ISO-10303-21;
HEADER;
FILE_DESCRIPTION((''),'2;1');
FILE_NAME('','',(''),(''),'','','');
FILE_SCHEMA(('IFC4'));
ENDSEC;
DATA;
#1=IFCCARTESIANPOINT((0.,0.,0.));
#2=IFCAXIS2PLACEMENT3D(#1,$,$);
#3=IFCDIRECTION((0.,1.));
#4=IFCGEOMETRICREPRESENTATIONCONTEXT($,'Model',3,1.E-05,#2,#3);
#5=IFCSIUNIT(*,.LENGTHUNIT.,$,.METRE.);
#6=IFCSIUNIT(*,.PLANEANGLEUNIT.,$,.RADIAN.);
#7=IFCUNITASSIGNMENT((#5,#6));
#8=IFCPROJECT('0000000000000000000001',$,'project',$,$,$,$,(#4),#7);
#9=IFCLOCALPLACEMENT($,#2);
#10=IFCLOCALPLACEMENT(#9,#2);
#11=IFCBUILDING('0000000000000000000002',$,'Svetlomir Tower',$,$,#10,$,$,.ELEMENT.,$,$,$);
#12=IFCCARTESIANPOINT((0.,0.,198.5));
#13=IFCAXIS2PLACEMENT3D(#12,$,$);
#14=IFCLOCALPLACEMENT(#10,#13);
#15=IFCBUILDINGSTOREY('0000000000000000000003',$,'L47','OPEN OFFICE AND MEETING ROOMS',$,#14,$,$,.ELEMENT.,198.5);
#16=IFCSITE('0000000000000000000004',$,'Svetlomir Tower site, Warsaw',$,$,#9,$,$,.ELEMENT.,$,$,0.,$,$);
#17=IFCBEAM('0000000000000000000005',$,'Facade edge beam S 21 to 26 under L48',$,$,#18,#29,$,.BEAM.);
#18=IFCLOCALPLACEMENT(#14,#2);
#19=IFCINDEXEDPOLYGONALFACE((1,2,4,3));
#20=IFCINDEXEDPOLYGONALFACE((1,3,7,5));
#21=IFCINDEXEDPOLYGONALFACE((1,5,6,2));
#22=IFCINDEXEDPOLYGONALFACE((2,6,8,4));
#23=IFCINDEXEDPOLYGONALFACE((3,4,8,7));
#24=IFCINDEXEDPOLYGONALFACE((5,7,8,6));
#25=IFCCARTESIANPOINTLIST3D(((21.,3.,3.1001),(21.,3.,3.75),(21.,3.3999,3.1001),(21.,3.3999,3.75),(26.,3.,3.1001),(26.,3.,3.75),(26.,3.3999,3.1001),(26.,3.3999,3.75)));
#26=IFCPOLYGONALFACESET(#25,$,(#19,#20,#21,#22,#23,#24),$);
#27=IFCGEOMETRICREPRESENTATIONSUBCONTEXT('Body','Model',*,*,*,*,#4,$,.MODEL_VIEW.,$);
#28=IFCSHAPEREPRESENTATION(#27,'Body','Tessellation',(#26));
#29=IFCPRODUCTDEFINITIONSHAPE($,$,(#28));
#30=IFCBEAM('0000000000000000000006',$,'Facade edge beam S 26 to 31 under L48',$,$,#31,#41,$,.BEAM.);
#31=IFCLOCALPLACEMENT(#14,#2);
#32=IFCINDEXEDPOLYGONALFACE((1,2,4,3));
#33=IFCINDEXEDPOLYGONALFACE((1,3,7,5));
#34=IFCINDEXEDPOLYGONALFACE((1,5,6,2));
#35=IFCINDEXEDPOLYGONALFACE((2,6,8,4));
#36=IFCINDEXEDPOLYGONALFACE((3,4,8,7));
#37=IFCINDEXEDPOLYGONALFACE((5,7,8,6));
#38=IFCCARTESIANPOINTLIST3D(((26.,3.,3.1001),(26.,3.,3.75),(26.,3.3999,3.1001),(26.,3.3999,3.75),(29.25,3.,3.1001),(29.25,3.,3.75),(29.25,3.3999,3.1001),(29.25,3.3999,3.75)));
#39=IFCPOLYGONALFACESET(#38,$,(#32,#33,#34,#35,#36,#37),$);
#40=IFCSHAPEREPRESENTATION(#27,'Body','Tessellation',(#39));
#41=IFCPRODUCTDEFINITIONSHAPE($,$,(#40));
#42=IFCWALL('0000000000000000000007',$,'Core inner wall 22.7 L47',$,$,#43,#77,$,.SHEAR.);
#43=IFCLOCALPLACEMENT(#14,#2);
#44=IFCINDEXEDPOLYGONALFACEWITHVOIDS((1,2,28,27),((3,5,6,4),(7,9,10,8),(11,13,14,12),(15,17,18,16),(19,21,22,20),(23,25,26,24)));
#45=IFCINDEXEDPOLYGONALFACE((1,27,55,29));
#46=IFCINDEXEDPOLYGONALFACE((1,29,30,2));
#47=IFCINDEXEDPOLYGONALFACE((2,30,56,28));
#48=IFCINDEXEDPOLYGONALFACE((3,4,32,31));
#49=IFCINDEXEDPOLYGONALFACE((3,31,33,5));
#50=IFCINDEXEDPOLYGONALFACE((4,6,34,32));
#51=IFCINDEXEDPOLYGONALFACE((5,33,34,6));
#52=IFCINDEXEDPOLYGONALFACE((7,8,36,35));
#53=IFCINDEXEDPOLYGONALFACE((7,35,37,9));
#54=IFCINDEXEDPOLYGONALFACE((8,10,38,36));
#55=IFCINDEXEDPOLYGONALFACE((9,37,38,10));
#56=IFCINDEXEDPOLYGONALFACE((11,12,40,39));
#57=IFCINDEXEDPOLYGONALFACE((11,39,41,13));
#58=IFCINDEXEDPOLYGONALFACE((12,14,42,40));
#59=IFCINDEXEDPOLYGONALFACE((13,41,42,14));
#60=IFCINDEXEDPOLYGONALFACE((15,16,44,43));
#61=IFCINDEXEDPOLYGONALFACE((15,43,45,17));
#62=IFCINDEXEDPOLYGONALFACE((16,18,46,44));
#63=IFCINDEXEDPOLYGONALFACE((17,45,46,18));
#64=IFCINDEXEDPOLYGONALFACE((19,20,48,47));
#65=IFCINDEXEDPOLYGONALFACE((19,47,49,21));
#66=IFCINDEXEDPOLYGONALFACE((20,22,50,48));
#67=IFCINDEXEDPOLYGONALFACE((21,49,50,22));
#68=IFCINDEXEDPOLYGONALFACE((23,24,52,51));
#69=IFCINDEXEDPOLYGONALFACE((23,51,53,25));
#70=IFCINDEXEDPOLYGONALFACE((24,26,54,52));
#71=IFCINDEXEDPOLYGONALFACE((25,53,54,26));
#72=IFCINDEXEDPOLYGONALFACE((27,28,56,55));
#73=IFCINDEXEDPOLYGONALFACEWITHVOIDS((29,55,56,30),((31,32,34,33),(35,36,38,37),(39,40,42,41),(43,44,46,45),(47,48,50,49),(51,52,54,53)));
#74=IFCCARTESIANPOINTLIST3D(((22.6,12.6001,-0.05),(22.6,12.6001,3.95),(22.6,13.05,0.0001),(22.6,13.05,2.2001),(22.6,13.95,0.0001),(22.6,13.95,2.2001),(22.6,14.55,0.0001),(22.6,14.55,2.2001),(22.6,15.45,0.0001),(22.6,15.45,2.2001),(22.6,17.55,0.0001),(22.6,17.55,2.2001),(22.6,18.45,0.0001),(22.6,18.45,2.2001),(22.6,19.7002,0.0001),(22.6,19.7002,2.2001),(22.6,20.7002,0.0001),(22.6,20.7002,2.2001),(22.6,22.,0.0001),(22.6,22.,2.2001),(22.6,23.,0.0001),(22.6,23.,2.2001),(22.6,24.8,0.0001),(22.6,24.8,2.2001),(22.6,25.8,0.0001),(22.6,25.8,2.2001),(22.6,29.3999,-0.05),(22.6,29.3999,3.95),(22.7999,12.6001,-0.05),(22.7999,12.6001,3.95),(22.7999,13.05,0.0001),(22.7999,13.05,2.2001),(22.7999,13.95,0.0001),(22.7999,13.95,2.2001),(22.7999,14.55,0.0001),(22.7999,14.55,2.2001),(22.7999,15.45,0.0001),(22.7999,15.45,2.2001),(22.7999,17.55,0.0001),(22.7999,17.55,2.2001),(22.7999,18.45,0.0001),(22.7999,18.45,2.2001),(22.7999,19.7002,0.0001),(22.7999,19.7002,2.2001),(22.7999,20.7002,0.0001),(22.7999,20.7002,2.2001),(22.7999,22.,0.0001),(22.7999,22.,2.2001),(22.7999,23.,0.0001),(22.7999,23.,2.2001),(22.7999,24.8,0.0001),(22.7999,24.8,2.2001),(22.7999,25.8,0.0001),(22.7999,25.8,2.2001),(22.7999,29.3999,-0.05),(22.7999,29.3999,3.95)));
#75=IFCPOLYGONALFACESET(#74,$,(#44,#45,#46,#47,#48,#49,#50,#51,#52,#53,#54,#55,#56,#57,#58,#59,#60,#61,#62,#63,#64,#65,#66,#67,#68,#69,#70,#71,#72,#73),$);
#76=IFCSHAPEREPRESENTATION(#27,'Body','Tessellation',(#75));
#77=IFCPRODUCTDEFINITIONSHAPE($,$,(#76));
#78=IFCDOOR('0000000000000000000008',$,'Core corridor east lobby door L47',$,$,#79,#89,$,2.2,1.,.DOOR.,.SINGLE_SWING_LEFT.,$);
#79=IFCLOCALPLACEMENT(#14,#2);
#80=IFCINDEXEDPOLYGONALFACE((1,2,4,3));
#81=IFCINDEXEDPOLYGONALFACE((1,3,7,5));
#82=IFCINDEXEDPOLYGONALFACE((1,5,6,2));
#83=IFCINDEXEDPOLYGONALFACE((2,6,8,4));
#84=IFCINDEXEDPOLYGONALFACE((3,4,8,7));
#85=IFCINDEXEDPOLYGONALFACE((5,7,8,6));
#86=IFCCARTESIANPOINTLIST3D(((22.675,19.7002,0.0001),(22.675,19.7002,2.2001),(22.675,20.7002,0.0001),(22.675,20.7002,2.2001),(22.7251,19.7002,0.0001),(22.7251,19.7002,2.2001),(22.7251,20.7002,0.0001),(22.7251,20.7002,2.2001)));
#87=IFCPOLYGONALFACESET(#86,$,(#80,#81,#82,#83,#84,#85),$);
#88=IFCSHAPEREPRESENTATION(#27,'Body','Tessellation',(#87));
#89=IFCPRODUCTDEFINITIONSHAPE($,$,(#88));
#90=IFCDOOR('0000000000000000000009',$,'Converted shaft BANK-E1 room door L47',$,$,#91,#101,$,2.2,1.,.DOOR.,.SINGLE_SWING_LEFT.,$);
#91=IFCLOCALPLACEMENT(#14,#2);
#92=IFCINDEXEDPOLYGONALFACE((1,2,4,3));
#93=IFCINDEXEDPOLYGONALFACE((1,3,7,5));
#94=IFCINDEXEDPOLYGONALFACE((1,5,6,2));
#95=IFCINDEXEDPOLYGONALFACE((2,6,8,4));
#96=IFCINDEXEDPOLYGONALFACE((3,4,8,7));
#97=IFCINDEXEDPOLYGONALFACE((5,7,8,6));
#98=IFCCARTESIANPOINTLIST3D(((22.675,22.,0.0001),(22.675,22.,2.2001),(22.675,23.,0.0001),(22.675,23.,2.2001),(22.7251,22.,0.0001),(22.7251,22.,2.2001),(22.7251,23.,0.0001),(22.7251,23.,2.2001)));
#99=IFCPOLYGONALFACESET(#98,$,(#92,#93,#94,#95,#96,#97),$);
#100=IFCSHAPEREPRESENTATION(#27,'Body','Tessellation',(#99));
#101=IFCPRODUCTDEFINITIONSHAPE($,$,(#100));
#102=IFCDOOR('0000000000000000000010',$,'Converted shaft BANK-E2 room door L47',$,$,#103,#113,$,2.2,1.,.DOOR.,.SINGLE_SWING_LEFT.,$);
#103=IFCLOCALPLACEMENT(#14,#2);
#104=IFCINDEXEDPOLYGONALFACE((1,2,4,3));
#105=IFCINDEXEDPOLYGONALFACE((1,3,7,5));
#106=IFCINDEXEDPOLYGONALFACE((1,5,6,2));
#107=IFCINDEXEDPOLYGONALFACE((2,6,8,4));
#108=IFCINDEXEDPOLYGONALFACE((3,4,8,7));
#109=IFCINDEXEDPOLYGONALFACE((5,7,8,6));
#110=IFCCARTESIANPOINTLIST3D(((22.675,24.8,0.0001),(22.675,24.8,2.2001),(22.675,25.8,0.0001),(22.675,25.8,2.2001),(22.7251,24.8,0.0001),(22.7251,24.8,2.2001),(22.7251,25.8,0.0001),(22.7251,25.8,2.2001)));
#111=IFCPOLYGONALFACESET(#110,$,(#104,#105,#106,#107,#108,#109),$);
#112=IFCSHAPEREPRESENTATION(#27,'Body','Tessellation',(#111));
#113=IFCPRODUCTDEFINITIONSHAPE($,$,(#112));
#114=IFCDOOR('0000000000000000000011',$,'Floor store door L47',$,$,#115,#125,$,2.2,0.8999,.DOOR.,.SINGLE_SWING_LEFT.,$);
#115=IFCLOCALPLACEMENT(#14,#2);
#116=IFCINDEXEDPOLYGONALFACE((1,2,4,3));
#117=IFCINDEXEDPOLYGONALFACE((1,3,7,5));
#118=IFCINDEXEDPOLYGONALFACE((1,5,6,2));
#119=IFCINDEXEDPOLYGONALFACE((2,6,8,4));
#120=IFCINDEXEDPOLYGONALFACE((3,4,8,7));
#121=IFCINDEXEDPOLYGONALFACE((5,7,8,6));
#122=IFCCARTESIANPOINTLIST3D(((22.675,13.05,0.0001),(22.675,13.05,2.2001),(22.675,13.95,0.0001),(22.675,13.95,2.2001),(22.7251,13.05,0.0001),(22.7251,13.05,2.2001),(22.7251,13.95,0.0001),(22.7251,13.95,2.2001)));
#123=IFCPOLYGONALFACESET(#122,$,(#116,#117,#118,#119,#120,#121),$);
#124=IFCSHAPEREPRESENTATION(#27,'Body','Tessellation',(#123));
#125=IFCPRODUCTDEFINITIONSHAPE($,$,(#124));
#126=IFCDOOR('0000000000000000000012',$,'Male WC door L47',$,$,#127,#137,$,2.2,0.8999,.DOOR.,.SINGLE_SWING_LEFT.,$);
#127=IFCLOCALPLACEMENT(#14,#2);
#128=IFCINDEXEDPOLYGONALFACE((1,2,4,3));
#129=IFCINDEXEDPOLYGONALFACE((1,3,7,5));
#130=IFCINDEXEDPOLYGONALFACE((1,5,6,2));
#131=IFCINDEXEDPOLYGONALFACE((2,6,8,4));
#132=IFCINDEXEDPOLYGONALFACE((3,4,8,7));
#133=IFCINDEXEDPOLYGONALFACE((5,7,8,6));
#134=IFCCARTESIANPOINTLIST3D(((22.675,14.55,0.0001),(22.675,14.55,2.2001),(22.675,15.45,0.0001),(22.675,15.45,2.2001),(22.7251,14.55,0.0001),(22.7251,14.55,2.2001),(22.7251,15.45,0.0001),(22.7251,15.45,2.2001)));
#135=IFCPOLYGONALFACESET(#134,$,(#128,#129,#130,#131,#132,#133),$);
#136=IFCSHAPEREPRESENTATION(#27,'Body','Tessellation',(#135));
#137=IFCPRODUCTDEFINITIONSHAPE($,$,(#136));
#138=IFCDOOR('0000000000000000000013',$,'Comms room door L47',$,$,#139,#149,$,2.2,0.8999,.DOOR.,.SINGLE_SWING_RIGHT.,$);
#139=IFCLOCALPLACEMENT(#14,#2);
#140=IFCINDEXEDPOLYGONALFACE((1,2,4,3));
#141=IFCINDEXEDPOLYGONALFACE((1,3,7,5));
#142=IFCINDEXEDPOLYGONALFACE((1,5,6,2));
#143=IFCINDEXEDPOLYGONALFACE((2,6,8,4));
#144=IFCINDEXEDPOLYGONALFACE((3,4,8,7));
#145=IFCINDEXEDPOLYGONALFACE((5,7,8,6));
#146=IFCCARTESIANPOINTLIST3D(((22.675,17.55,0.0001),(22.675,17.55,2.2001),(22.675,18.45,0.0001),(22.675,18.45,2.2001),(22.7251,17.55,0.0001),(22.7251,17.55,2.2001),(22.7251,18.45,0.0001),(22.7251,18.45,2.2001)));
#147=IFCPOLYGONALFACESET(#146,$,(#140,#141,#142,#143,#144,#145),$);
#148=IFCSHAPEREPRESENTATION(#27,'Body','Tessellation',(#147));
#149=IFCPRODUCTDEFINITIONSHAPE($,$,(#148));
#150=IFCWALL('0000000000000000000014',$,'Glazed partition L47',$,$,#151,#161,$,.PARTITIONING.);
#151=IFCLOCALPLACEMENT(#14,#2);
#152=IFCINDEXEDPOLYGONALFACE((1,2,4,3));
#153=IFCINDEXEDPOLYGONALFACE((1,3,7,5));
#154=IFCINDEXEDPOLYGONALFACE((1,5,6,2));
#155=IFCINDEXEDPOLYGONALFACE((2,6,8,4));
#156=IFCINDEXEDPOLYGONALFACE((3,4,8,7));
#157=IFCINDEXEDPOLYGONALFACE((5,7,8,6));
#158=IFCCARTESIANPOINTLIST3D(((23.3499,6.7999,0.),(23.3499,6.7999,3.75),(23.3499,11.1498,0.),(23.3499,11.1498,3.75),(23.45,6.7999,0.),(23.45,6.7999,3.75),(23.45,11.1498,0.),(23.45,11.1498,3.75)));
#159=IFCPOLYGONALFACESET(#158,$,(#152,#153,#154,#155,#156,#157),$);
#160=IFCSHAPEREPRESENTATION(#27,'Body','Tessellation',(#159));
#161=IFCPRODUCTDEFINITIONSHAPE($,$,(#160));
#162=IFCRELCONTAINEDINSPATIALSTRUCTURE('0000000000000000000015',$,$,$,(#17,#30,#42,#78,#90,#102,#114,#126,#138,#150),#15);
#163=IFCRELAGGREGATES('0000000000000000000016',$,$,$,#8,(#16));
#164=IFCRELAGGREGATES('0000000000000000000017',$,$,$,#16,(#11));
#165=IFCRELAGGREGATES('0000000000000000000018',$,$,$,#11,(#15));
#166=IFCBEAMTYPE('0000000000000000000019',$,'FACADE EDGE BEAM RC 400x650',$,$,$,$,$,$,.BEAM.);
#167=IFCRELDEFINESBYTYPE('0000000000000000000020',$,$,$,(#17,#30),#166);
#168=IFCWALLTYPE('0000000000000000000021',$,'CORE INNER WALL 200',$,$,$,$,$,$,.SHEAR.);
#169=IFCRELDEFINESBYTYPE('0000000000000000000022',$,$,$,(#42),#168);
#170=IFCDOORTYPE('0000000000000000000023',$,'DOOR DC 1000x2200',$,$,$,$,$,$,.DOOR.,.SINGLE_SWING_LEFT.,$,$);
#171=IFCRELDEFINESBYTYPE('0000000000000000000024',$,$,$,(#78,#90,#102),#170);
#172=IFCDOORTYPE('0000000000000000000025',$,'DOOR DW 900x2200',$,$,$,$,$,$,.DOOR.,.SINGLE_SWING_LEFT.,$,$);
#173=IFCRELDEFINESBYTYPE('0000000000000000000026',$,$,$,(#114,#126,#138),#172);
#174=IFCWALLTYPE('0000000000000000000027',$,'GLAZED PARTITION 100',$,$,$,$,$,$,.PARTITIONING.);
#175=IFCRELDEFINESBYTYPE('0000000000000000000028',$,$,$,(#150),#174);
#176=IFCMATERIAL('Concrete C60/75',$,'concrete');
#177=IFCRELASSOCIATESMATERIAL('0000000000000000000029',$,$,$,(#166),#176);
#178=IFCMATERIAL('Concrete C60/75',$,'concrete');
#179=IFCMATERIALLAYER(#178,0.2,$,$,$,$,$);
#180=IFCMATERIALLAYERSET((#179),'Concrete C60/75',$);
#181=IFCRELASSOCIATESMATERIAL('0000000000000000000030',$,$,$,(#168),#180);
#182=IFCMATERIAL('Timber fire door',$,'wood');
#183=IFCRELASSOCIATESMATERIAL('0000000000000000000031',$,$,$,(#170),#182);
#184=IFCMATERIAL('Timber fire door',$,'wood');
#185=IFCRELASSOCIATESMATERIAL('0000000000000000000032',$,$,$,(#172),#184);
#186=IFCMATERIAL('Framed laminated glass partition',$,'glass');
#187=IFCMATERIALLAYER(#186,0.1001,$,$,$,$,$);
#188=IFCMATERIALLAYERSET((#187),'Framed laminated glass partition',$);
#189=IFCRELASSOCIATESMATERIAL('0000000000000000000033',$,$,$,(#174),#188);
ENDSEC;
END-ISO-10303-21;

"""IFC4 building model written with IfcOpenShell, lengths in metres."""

from ifc_helpers import new_model, si_unit, direction, frame, frame_2d, origin, origin_2d, place, context, subcontext, project, spatial, rectangle, extrude, material, layer, layer_set, material_profile, profile_set, type_object, element, fill, save


model = new_model("IFC4")

# Units and contexts
model_context = context("Model", 3, precision=1e-05, world=origin(), true_north=direction((0.0, 1.0)))
body_context = subcontext(model_context, "Body", "Model", "MODEL_VIEW")
ifc_project = project(units=[si_unit("LENGTHUNIT", "METRE"), si_unit("PLANEANGLEUNIT", "RADIAN")], contexts=[model_context])

# Site, building, storey
site_placement = place(None, origin())
site = spatial("IfcSite", under=ifc_project, at=site_placement, Name="Svetlomir Tower site, Warsaw", CompositionType="ELEMENT", RefElevation=0.0)
building_placement = place(site_placement, origin())
building = spatial("IfcBuilding", under=site, at=building_placement, Name="Svetlomir Tower", CompositionType="ELEMENT")
storey_placement = place(building_placement, frame((0.0, 0.0, 198.5)))
storey = spatial("IfcBuildingStorey", under=building, at=storey_placement, Name="L47", Description="OPEN OFFICE AND MEETING ROOMS", CompositionType="ELEMENT", Elevation=198.5)

# Beams
ifc_material_1 = material(Name="Concrete C60/75", Category="concrete")
ifc_material_profile = material_profile(ifc_material_1, rectangle(XDim=0.3999, YDim=0.6499, at=origin_2d()), Name="RC 400x650")
ifc_profile_set = profile_set([ifc_material_profile], Name="Concrete C60/75")
beam_type = type_object("IfcBeamType", Name="FACADE EDGE BEAM RC 400x650", PredefinedType="BEAM", material=ifc_profile_set)
beam_1_placement = place(storey_placement, frame((21.0, 3.2, 3.425), z_axis=(1.0, 0.0, 0.0), x_axis=(0.0, 1.0, 0.0)))
element("IfcBeam", 1, at=beam_1_placement, inside=storey, type_object=beam_type, Name="Facade edge beam S 21 to 26 under L48", PredefinedType="BEAM", context=body_context, shape_type="SweptSolid", body=[
    extrude(rectangle(XDim=0.3999, YDim=0.6499, at=origin_2d()), origin(), (0.0, 0.0, 1.0), 5.0),
])
beam_2_placement = place(storey_placement, frame((26.0, 3.2, 3.425), z_axis=(1.0, 0.0, 0.0), x_axis=(0.0, 1.0, 0.0)))
element("IfcBeam", 2, at=beam_2_placement, inside=storey, type_object=beam_type, Name="Facade edge beam S 26 to 31 under L48", PredefinedType="BEAM", context=body_context, shape_type="SweptSolid", body=[
    extrude(rectangle(XDim=0.3999, YDim=0.6499, at=origin_2d()), origin(), (0.0, 0.0, 1.0), 3.25),
])

# Wall, openings, doors
ifc_material_2 = material(Name="Concrete C60/75", Category="concrete")
ifc_layer_1 = layer(ifc_material_2, 0.2)
ifc_layer_set_1 = layer_set([ifc_layer_1], Name="Concrete C60/75")
wall_type_1 = type_object("IfcWallType", Name="CORE INNER WALL 200", PredefinedType="SHEAR", material=ifc_layer_set_1)
wall_1_placement = place(storey_placement, frame((22.7, 12.6001, -0.05), z_axis=(0.0, 0.0, 1.0), x_axis=(0.0, 1.0, 0.0)))
wall_1 = element("IfcWall", 3, at=wall_1_placement, inside=storey, type_object=wall_type_1, Name="Core inner wall 22.7 L47", PredefinedType="SHEAR", context=body_context, shape_type="SweptSolid", body=[
    extrude(rectangle(XDim=16.7998, YDim=0.2, at=frame_2d((8.3999, 0.0))), origin(), (0.0, 0.0, 1.0), 4.0),
])
opening_1_placement = place(wall_1_placement, frame((0.45, 0.0, 0.05)))
opening_1 = element("IfcOpeningElement", 4, at=opening_1_placement, cuts=wall_1, PredefinedType="OPENING", context=body_context, shape_type="SweptSolid", body=[
    extrude(rectangle(XDim=0.8999, YDim=2.2, at=frame_2d((0.45, 1.1001))), frame((0.0, 0.1099, 0.0), z_axis=(0.0, -1.0, 0.0), x_axis=(1.0, 0.0, 0.0)), (0.0, 0.0, 1.0), 0.22),
])
opening_2_placement = place(wall_1_placement, frame((7.1001, 0.0, 0.05)))
opening_2 = element("IfcOpeningElement", 5, at=opening_2_placement, cuts=wall_1, PredefinedType="OPENING", context=body_context, shape_type="SweptSolid", body=[
    extrude(rectangle(XDim=1.0, YDim=2.2, at=frame_2d((0.5, 1.1001))), frame((0.0, 0.1099, 0.0), z_axis=(0.0, -1.0, 0.0), x_axis=(1.0, 0.0, 0.0)), (0.0, 0.0, 1.0), 0.22),
])
opening_3_placement = place(wall_1_placement, frame((1.95, 0.0, 0.05)))
opening_3 = element("IfcOpeningElement", 6, at=opening_3_placement, cuts=wall_1, PredefinedType="OPENING", context=body_context, shape_type="SweptSolid", body=[
    extrude(rectangle(XDim=0.8999, YDim=2.2, at=frame_2d((0.45, 1.1001))), frame((0.0, 0.1099, 0.0), z_axis=(0.0, -1.0, 0.0), x_axis=(1.0, 0.0, 0.0)), (0.0, 0.0, 1.0), 0.22),
])
opening_4_placement = place(wall_1_placement, frame((4.95, 0.0, 0.05)))
opening_4 = element("IfcOpeningElement", 7, at=opening_4_placement, cuts=wall_1, PredefinedType="OPENING", context=body_context, shape_type="SweptSolid", body=[
    extrude(rectangle(XDim=0.8999, YDim=2.2, at=frame_2d((0.45, 1.1001))), frame((0.0, 0.1099, 0.0), z_axis=(0.0, -1.0, 0.0), x_axis=(1.0, 0.0, 0.0)), (0.0, 0.0, 1.0), 0.22),
])
opening_5_placement = place(wall_1_placement, frame((9.3999, 0.0, 0.05)))
opening_5 = element("IfcOpeningElement", 8, at=opening_5_placement, cuts=wall_1, PredefinedType="OPENING", context=body_context, shape_type="SweptSolid", body=[
    extrude(rectangle(XDim=1.0, YDim=2.2, at=frame_2d((0.5, 1.1001))), frame((0.0, 0.1099, 0.0), z_axis=(0.0, -1.0, 0.0), x_axis=(1.0, 0.0, 0.0)), (0.0, 0.0, 1.0), 0.22),
])
opening_6_placement = place(wall_1_placement, frame((12.2, 0.0, 0.05)))
opening_6 = element("IfcOpeningElement", 9, at=opening_6_placement, cuts=wall_1, PredefinedType="OPENING", context=body_context, shape_type="SweptSolid", body=[
    extrude(rectangle(XDim=1.0, YDim=2.2, at=frame_2d((0.5, 1.1001))), frame((0.0, 0.1099, 0.0), z_axis=(0.0, -1.0, 0.0), x_axis=(1.0, 0.0, 0.0)), (0.0, 0.0, 1.0), 0.22),
])
ifc_material_3 = material(Name="Timber fire door", Category="wood")
door_type_1 = type_object("IfcDoorType", Name="DOOR DC 1000x2200", OperationType="SINGLE_SWING_LEFT", PredefinedType="DOOR", material=ifc_material_3)
door_1_placement = place(opening_2_placement, origin())
door_1 = element("IfcDoor", 10, at=door_1_placement, inside=storey, type_object=door_type_1, Name="Core corridor east lobby door L47", OperationType="SINGLE_SWING_LEFT", OverallHeight=2.2, OverallWidth=1.0, PredefinedType="DOOR", context=body_context, shape_type="SweptSolid", body=[
    extrude(rectangle(XDim=1.0, YDim=2.2, at=frame_2d((0.5, 1.1001))), frame((0.0, 0.0249, 0.0), z_axis=(0.0, -1.0, 0.0), x_axis=(1.0, 0.0, 0.0)), (0.0, 0.0, 1.0), 0.05),
])
fill(opening_2, door_1)
door_2_placement = place(opening_5_placement, origin())
door_2 = element("IfcDoor", 11, at=door_2_placement, inside=storey, type_object=door_type_1, Name="Converted shaft BANK-E1 room door L47", OperationType="SINGLE_SWING_LEFT", OverallHeight=2.2, OverallWidth=1.0, PredefinedType="DOOR", context=body_context, shape_type="SweptSolid", body=[
    extrude(rectangle(XDim=1.0, YDim=2.2, at=frame_2d((0.5, 1.1001))), frame((0.0, 0.0249, 0.0), z_axis=(0.0, -1.0, 0.0), x_axis=(1.0, 0.0, 0.0)), (0.0, 0.0, 1.0), 0.05),
])
fill(opening_5, door_2)
door_3_placement = place(opening_6_placement, origin())
door_3 = element("IfcDoor", 12, at=door_3_placement, inside=storey, type_object=door_type_1, Name="Converted shaft BANK-E2 room door L47", OperationType="SINGLE_SWING_LEFT", OverallHeight=2.2, OverallWidth=1.0, PredefinedType="DOOR", context=body_context, shape_type="SweptSolid", body=[
    extrude(rectangle(XDim=1.0, YDim=2.2, at=frame_2d((0.5, 1.1001))), frame((0.0, 0.0249, 0.0), z_axis=(0.0, -1.0, 0.0), x_axis=(1.0, 0.0, 0.0)), (0.0, 0.0, 1.0), 0.05),
])
fill(opening_6, door_3)
ifc_material_4 = material(Name="Timber fire door", Category="wood")
door_type_2 = type_object("IfcDoorType", Name="DOOR DW 900x2200", OperationType="SINGLE_SWING_LEFT", PredefinedType="DOOR", material=ifc_material_4)
door_4_placement = place(opening_1_placement, origin())
door_4 = element("IfcDoor", 13, at=door_4_placement, inside=storey, type_object=door_type_2, Name="Floor store door L47", OperationType="SINGLE_SWING_LEFT", OverallHeight=2.2, OverallWidth=0.8999, PredefinedType="DOOR", context=body_context, shape_type="SweptSolid", body=[
    extrude(rectangle(XDim=0.8999, YDim=2.2, at=frame_2d((0.45, 1.1001))), frame((0.0, 0.0249, 0.0), z_axis=(0.0, -1.0, 0.0), x_axis=(1.0, 0.0, 0.0)), (0.0, 0.0, 1.0), 0.05),
])
fill(opening_1, door_4)
door_5_placement = place(opening_3_placement, origin())
door_5 = element("IfcDoor", 14, at=door_5_placement, inside=storey, type_object=door_type_2, Name="Male WC door L47", OperationType="SINGLE_SWING_LEFT", OverallHeight=2.2, OverallWidth=0.8999, PredefinedType="DOOR", context=body_context, shape_type="SweptSolid", body=[
    extrude(rectangle(XDim=0.8999, YDim=2.2, at=frame_2d((0.45, 1.1001))), frame((0.0, 0.0249, 0.0), z_axis=(0.0, -1.0, 0.0), x_axis=(1.0, 0.0, 0.0)), (0.0, 0.0, 1.0), 0.05),
])
fill(opening_3, door_5)
door_6_placement = place(opening_4_placement, origin())
door_6 = element("IfcDoor", 15, at=door_6_placement, inside=storey, type_object=door_type_2, Name="Comms room door L47", OperationType="SINGLE_SWING_RIGHT", OverallHeight=2.2, OverallWidth=0.8999, PredefinedType="DOOR", context=body_context, shape_type="SweptSolid", body=[
    extrude(rectangle(XDim=0.8999, YDim=2.2, at=frame_2d((0.45, 1.1001))), frame((0.0, 0.0249, 0.0), z_axis=(0.0, -1.0, 0.0), x_axis=(1.0, 0.0, 0.0)), (0.0, 0.0, 1.0), 0.05),
])
fill(opening_4, door_6)

# Wall
ifc_material_5 = material(Name="Framed laminated glass partition", Category="glass")
ifc_layer_2 = layer(ifc_material_5, 0.1001)
ifc_layer_set_2 = layer_set([ifc_layer_2], Name="Framed laminated glass partition")
wall_type_2 = type_object("IfcWallType", Name="GLAZED PARTITION 100", PredefinedType="PARTITIONING", material=ifc_layer_set_2)
wall_2_placement = place(storey_placement, frame((23.3999, 6.8, 0.0), z_axis=(0.0, 0.0, 1.0), x_axis=(0.0, 1.0, 0.0)))
element("IfcWall", 16, at=wall_2_placement, inside=storey, type_object=wall_type_2, Name="Glazed partition L47", PredefinedType="PARTITIONING", context=body_context, shape_type="SweptSolid", body=[
    extrude(rectangle(XDim=4.3499, YDim=0.1001, at=frame_2d((2.1748, 0.0))), origin(), (0.0, 0.0, 1.0), 3.75),
])

save(model, "model.ifc")
